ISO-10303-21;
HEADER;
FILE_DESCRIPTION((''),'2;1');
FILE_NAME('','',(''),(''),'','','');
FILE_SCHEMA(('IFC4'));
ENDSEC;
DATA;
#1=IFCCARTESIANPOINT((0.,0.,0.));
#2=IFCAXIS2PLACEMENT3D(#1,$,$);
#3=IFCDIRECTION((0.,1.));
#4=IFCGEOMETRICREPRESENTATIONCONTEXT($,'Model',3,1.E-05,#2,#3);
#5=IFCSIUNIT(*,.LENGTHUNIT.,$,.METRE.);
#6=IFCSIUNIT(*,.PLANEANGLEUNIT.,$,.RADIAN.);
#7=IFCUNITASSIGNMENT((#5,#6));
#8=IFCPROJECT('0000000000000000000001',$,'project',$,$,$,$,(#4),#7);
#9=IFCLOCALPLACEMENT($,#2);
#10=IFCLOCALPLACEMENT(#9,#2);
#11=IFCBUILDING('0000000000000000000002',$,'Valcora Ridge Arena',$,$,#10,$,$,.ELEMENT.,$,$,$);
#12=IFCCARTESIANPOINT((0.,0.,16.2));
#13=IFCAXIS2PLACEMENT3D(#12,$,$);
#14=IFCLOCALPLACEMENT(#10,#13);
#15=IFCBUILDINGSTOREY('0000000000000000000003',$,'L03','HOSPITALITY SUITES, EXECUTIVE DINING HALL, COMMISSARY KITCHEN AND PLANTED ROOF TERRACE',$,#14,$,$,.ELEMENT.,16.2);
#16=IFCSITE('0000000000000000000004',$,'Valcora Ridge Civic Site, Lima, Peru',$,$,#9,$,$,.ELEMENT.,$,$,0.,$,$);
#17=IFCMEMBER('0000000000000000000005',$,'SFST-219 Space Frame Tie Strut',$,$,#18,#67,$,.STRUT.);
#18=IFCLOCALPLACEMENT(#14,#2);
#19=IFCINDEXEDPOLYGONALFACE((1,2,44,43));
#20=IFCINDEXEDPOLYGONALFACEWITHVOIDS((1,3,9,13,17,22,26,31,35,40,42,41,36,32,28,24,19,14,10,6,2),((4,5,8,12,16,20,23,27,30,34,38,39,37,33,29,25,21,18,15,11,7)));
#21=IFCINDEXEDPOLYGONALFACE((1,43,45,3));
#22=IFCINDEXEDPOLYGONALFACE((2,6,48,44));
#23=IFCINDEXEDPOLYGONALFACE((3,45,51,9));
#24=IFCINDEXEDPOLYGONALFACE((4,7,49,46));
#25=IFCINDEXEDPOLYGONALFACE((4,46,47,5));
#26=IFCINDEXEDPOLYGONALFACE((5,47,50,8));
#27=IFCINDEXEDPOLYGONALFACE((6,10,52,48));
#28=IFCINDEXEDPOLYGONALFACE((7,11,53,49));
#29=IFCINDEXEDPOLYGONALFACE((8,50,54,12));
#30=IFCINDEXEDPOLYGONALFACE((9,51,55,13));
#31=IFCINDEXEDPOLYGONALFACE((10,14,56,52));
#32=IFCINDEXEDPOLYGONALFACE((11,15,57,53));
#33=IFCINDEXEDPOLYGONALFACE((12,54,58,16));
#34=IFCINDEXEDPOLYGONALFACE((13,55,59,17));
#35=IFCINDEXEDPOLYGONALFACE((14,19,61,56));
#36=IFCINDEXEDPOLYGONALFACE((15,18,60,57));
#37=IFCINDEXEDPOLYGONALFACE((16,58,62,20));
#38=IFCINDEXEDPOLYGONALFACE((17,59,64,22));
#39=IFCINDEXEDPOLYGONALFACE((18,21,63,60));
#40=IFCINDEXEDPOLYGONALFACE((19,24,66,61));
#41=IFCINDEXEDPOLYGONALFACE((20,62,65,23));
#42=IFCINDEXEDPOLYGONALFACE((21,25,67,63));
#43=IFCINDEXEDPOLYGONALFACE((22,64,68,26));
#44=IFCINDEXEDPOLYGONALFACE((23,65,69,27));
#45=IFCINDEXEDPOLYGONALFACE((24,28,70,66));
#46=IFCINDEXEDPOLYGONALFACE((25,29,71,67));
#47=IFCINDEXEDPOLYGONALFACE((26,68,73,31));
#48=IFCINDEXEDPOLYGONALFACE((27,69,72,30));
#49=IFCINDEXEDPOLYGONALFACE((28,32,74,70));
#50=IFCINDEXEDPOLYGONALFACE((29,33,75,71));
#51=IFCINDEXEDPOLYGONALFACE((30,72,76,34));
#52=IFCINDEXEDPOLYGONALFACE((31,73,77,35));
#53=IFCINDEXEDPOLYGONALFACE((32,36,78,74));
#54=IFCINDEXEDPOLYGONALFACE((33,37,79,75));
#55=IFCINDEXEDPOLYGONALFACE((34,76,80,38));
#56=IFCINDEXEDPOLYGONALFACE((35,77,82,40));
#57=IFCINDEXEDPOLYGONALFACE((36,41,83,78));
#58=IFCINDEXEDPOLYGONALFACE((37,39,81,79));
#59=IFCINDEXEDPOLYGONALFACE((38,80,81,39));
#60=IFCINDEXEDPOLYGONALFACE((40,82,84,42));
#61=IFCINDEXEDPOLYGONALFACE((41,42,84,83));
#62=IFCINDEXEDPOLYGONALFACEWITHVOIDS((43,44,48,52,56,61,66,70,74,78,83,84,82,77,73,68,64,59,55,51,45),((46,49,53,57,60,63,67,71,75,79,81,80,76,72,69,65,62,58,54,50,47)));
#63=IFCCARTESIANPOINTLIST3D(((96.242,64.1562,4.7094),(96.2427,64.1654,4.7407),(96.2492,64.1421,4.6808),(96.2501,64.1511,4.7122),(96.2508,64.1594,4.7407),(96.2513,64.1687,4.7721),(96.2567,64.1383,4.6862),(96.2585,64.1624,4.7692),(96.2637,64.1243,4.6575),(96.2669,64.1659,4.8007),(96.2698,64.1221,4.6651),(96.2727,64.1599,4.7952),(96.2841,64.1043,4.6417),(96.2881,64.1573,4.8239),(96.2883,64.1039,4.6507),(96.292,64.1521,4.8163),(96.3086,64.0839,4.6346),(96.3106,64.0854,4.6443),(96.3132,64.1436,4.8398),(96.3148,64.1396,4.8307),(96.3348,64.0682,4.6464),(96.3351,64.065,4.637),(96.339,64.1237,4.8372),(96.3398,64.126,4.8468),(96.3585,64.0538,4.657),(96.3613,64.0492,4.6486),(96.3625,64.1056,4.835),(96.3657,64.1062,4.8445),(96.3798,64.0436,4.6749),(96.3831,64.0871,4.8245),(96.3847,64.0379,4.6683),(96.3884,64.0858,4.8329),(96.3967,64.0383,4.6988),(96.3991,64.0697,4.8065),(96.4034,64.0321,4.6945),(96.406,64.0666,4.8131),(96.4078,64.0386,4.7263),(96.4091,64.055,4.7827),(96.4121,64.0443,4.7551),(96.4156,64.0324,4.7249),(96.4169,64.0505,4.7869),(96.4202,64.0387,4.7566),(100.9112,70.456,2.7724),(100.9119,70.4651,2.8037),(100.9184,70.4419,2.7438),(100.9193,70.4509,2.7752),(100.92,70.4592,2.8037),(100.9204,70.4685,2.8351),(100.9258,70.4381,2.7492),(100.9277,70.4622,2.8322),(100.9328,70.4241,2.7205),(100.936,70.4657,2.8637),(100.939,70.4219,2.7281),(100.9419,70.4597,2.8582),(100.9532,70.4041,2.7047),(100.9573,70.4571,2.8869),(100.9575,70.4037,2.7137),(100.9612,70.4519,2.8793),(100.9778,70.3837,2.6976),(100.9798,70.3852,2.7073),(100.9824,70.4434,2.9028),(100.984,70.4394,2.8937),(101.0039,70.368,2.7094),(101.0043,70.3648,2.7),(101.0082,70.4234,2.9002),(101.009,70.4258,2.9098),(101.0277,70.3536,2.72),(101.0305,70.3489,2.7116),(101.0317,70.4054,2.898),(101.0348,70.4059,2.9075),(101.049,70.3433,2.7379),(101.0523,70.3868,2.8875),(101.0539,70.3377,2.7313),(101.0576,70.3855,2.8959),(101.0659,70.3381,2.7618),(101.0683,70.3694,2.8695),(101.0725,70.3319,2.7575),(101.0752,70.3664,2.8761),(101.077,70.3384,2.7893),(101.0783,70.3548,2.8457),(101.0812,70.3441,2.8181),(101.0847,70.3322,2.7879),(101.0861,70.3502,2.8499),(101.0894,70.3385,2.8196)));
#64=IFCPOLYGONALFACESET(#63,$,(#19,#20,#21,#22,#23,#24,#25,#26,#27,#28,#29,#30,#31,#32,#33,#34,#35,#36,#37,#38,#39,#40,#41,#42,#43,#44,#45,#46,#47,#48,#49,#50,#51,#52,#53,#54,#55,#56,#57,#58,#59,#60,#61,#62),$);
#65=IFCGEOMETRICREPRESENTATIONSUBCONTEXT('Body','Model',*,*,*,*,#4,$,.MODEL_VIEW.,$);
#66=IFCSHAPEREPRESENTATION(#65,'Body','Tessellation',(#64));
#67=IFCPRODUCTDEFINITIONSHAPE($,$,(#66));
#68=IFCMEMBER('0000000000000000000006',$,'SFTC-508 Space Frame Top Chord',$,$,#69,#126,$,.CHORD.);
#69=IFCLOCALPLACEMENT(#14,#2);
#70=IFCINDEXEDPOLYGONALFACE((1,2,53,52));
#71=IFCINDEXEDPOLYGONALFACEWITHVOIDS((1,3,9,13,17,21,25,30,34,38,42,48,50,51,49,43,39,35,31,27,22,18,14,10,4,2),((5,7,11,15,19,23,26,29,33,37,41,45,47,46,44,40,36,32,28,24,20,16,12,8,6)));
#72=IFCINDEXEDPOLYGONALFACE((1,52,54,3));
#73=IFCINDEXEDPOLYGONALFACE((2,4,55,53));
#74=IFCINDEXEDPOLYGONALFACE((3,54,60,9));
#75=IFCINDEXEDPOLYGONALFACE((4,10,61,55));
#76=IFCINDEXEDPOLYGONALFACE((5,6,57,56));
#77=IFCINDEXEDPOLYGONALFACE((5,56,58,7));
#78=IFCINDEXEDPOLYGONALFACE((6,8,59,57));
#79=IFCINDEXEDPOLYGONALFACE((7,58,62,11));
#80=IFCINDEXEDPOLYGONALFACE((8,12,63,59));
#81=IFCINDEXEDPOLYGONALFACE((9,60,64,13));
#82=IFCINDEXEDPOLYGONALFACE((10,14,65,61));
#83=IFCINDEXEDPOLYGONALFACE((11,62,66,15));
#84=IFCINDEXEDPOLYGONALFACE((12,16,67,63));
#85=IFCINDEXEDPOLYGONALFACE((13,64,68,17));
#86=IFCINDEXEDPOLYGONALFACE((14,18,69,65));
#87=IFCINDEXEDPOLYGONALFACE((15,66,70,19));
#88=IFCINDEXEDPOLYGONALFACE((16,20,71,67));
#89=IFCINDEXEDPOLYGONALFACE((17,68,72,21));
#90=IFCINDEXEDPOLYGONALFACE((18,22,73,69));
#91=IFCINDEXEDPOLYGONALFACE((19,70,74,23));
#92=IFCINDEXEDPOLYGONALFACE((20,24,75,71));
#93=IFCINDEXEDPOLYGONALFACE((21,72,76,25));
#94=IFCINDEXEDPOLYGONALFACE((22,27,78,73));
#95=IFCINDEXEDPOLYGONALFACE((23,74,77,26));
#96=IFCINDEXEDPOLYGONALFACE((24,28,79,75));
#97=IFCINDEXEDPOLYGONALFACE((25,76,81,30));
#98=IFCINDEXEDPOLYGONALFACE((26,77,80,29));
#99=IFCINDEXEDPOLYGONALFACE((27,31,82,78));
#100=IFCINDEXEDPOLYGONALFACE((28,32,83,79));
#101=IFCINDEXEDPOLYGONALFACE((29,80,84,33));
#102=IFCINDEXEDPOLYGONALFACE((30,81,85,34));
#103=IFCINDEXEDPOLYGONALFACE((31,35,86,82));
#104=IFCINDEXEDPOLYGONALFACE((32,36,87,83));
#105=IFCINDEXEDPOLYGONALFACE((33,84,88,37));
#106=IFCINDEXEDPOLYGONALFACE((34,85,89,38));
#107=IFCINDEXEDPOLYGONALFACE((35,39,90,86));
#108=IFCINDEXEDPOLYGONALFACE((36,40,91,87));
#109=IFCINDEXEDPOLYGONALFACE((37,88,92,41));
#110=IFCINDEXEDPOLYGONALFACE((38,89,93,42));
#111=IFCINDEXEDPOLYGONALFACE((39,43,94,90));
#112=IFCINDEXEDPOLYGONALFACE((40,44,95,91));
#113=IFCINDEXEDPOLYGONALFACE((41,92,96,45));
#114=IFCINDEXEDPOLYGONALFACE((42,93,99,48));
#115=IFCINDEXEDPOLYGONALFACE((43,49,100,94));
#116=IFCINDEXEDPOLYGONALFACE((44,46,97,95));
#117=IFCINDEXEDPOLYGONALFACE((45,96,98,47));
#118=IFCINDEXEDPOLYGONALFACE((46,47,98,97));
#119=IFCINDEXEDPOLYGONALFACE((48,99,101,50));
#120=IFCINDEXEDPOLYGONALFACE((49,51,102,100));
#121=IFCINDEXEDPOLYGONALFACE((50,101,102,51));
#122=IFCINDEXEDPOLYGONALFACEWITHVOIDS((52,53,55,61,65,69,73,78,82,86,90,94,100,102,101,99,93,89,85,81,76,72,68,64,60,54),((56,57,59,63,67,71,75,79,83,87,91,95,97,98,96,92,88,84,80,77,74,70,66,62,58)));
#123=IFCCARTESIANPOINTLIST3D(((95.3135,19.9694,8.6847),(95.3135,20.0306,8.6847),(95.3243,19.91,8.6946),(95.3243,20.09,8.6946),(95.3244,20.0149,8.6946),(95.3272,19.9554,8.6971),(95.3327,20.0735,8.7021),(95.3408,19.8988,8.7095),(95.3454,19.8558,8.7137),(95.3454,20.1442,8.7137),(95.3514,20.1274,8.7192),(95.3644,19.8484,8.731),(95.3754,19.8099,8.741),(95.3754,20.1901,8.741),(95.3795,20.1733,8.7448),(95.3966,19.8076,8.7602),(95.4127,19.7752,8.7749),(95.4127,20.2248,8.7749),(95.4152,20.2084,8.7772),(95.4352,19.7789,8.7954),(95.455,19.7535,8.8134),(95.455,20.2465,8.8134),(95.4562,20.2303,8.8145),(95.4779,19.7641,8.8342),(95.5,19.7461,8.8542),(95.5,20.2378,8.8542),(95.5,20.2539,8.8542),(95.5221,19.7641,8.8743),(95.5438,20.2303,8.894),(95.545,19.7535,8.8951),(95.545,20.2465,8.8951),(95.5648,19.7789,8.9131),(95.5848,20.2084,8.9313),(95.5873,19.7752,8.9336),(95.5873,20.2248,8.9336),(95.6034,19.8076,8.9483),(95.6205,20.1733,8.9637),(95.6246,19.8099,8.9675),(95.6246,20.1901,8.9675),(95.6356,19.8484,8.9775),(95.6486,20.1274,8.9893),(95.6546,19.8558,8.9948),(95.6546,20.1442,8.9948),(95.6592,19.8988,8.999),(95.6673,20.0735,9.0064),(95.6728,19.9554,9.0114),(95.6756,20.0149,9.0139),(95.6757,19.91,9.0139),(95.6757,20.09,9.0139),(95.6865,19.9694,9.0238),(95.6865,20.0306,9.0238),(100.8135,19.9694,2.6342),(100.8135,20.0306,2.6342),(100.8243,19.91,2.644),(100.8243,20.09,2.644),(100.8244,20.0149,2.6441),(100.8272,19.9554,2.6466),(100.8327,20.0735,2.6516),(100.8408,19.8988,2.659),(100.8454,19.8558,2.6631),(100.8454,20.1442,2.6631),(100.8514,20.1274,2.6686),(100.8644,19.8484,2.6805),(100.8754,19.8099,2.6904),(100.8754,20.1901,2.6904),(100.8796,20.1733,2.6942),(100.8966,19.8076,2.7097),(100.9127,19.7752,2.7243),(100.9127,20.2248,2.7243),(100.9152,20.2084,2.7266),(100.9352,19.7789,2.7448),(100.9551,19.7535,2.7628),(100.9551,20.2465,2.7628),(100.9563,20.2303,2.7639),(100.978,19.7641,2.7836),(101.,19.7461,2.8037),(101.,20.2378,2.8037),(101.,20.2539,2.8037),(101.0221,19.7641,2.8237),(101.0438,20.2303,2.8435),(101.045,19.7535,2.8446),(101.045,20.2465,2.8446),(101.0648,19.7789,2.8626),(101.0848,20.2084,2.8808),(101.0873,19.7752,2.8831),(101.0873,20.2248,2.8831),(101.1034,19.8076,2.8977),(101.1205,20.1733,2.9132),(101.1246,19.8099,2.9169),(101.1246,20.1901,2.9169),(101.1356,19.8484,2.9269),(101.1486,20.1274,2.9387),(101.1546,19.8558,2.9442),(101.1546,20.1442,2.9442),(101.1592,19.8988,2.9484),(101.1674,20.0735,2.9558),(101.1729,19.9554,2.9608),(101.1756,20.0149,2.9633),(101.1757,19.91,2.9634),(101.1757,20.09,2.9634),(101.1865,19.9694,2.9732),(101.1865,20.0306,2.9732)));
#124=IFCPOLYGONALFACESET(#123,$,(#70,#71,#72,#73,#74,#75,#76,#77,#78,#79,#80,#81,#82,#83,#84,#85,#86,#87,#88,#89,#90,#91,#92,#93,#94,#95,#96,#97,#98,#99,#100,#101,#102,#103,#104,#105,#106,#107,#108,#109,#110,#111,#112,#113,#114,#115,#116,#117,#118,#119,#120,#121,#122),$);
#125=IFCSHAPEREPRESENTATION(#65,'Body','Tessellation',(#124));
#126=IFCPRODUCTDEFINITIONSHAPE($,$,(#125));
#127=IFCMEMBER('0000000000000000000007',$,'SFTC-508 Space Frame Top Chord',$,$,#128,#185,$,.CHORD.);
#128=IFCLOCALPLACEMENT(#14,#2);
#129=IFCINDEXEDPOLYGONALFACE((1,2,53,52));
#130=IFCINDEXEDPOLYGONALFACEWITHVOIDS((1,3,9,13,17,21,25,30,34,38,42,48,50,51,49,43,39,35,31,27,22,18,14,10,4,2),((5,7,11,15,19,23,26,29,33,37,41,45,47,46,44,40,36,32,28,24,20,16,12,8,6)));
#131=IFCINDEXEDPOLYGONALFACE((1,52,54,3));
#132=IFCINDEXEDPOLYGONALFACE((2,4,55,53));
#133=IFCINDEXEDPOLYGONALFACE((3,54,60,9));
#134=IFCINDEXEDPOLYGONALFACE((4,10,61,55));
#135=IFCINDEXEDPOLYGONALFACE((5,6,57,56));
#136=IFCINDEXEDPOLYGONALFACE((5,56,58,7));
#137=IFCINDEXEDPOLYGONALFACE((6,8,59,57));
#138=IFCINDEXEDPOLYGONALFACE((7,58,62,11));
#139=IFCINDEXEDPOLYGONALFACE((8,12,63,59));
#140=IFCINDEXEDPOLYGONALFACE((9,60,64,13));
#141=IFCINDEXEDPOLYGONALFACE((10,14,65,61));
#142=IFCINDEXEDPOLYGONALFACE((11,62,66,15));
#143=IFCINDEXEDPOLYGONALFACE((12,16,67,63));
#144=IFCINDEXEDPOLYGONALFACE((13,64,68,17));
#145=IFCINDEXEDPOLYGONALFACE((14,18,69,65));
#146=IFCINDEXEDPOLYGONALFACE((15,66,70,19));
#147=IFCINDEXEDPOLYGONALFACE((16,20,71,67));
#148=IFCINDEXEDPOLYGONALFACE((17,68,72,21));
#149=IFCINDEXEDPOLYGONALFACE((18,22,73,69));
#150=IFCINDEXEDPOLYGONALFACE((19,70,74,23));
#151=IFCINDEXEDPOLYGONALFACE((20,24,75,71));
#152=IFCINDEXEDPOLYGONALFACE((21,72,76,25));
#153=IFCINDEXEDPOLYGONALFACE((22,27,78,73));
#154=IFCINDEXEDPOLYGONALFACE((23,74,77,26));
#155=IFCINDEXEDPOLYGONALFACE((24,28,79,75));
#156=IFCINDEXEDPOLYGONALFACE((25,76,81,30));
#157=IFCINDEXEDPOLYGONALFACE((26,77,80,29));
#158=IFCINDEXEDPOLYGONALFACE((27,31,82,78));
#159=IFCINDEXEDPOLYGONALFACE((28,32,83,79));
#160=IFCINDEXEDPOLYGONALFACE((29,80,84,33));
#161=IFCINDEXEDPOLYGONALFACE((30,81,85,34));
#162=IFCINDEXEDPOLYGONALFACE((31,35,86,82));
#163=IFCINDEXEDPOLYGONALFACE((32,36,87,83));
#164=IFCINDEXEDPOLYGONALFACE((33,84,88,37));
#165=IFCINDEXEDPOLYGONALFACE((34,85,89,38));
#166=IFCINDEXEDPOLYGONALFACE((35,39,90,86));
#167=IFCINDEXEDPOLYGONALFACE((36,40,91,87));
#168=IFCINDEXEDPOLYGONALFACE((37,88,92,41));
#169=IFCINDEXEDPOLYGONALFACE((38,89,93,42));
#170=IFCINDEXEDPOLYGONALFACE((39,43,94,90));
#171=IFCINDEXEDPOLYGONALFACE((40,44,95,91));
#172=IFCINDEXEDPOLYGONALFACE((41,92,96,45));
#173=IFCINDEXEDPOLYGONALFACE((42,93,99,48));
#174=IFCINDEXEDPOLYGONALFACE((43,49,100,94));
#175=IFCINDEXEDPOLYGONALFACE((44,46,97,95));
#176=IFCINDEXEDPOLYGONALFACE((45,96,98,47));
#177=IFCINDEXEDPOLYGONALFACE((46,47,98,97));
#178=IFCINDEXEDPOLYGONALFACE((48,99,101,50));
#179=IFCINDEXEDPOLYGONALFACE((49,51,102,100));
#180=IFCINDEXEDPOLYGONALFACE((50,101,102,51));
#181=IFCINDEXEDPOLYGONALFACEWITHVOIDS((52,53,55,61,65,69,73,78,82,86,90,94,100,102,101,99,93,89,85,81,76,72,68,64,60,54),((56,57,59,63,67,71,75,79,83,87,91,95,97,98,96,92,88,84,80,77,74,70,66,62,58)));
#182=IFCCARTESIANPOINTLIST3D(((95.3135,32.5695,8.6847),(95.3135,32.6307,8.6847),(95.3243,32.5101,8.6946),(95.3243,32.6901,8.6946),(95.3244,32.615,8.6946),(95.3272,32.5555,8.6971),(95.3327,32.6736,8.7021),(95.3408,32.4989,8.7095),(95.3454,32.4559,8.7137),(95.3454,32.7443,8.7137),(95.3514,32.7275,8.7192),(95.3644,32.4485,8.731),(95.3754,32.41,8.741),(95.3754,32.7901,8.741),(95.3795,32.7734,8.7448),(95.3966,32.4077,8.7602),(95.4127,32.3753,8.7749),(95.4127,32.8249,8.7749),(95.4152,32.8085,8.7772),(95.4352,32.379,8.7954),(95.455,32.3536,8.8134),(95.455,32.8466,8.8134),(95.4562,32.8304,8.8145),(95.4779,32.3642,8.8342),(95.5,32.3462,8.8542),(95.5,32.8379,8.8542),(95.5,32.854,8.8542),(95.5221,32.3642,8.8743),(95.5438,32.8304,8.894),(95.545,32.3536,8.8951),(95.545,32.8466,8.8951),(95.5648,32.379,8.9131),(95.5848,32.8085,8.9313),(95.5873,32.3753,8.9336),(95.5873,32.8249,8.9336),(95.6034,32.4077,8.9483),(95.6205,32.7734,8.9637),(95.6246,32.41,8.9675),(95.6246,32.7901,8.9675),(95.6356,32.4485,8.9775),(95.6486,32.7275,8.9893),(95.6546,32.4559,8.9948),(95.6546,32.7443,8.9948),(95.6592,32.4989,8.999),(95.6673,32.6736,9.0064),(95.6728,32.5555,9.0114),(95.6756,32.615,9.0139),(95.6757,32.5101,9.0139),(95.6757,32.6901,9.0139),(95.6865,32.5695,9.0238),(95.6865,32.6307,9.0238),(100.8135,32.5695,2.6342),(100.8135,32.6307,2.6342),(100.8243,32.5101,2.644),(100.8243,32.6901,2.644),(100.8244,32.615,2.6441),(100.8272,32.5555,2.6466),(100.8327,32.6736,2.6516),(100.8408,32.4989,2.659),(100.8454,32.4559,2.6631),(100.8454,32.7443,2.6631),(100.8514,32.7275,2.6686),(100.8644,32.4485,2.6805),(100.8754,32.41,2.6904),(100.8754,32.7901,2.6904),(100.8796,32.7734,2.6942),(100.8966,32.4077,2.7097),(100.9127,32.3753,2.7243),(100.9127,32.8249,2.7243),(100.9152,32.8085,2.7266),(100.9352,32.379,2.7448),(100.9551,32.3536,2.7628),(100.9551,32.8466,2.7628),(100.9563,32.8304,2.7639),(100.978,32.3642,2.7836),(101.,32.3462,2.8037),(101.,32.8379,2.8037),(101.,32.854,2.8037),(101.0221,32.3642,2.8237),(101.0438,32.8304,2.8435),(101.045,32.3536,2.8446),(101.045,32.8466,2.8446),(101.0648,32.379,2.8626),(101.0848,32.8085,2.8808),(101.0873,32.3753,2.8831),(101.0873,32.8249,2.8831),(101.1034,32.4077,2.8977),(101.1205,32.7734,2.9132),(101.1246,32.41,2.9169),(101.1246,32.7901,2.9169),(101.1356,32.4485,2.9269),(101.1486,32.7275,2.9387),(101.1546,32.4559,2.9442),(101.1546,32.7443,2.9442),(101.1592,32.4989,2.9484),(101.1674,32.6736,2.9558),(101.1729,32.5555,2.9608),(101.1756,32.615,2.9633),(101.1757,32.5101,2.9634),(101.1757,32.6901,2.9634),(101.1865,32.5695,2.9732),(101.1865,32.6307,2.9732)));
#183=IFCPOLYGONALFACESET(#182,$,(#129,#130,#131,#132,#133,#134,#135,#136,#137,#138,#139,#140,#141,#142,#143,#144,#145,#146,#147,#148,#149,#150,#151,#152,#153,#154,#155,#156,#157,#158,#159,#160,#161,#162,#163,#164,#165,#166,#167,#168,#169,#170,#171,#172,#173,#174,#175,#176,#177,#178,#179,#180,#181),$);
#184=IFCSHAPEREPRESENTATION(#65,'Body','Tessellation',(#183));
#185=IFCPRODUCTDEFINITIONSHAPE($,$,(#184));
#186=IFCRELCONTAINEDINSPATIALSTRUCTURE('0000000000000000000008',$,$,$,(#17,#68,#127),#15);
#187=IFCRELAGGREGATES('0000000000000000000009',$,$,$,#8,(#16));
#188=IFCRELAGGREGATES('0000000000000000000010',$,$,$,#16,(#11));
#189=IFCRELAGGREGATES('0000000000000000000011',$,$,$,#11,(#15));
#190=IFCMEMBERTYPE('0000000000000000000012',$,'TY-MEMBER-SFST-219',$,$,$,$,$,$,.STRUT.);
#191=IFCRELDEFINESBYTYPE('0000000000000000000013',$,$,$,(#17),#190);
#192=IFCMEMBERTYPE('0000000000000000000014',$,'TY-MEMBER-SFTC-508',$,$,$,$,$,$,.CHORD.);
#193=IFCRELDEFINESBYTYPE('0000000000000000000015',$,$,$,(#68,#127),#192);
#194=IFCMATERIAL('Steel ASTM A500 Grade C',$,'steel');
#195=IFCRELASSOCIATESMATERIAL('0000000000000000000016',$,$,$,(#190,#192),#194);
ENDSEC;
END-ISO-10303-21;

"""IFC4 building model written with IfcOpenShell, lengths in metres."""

from ifc_helpers import new_model, si_unit, direction, frame, origin, origin_2d, place, context, subcontext, project, spatial, hollow_circle, extrude, material, material_profile, profile_set, type_object, element, save


model = new_model("IFC4")

# Units and contexts
model_context = context("Model", 3, precision=1e-05, world=origin(), true_north=direction((0.0, 1.0)))
body_context = subcontext(model_context, "Body", "Model", "MODEL_VIEW")
ifc_project = project(units=[si_unit("LENGTHUNIT", "METRE"), si_unit("PLANEANGLEUNIT", "RADIAN")], contexts=[model_context])

# Site, building, storey
site_placement = place(None, origin())
site = spatial("IfcSite", under=ifc_project, at=site_placement, Name="Valcora Ridge Civic Site, Lima, Peru", CompositionType="ELEMENT", RefElevation=0.0)
building_placement = place(site_placement, origin())
building = spatial("IfcBuilding", under=site, at=building_placement, Name="Valcora Ridge Arena", CompositionType="ELEMENT")
storey_placement = place(building_placement, frame((0.0, 0.0, 16.2)))
storey = spatial("IfcBuildingStorey", under=building, at=storey_placement, Name="L03", Description="HOSPITALITY SUITES, EXECUTIVE DINING HALL, COMMISSARY KITCHEN AND PLANTED ROOF TERRACE", CompositionType="ELEMENT", Elevation=16.2)

# Members
ifc_material_1 = material(Name="Steel ASTM A500 Grade C", Category="steel")
ifc_material_profile_1 = material_profile(ifc_material_1, hollow_circle(Radius=0.1096, WallThickness=0.01, at=origin_2d()), Name="CHS219X10")
ifc_profile_set_1 = profile_set([ifc_material_profile_1], Name="Steel ASTM A500 Grade C")
member_type_1 = type_object("IfcMemberType", Name="TY-MEMBER-SFST-219", PredefinedType="STRUT", material=ifc_profile_set_1)
member_1_placement = place(storey_placement, frame((96.3308, 64.1001, 4.7407), z_axis=(0.578072, 0.779951, -0.239813), x_axis=(-0.803394, 0.595447, 0.0)))
element("IfcMember", 1, at=member_1_placement, inside=storey, type_object=member_type_1, Name="SFST-219 Space Frame Tie Strut", PredefinedType="STRUT", context=body_context, shape_type="SweptSolid", body=[
    extrude(hollow_circle(Radius=0.1096, WallThickness=0.01, at=origin_2d()), origin(), (0.0, 0.0, 1.0), 8.0771),
])
ifc_material_profile_2 = material_profile(ifc_material_1, hollow_circle(Radius=0.2539, WallThickness=0.0161, at=origin_2d()), Name="CHS508X16")
ifc_profile_set_2 = profile_set([ifc_material_profile_2], Name="Steel ASTM A500 Grade C")
member_type_2 = type_object("IfcMemberType", Name="TY-MEMBER-SFTC-508", PredefinedType="CHORD", material=ifc_profile_set_2)
for number, where, z_axis, x_axis, name in (
    (2, (95.5, 20.0, 8.8542), (0.67264, 0.0, -0.73997), (0.0, 1.0, 0.0), "SFTC-508 Space Frame Top Chord"),
    (3, (95.5, 32.6001, 8.8542), (0.67264, 0.0, -0.73997), (0.0, 1.0, 0.0), "SFTC-508 Space Frame Top Chord"),
):
    element("IfcMember", number, at=place(storey_placement, frame(where, z_axis=z_axis, x_axis=x_axis)), inside=storey, type_object=member_type_2, Name=name, PredefinedType="CHORD", context=body_context, shape_type="SweptSolid", body=[
        extrude(hollow_circle(Radius=0.2539, WallThickness=0.0161, at=origin_2d()), origin(), (0.0, 0.0, 1.0), 8.1768),
    ])

save(model, "model.ifc")
